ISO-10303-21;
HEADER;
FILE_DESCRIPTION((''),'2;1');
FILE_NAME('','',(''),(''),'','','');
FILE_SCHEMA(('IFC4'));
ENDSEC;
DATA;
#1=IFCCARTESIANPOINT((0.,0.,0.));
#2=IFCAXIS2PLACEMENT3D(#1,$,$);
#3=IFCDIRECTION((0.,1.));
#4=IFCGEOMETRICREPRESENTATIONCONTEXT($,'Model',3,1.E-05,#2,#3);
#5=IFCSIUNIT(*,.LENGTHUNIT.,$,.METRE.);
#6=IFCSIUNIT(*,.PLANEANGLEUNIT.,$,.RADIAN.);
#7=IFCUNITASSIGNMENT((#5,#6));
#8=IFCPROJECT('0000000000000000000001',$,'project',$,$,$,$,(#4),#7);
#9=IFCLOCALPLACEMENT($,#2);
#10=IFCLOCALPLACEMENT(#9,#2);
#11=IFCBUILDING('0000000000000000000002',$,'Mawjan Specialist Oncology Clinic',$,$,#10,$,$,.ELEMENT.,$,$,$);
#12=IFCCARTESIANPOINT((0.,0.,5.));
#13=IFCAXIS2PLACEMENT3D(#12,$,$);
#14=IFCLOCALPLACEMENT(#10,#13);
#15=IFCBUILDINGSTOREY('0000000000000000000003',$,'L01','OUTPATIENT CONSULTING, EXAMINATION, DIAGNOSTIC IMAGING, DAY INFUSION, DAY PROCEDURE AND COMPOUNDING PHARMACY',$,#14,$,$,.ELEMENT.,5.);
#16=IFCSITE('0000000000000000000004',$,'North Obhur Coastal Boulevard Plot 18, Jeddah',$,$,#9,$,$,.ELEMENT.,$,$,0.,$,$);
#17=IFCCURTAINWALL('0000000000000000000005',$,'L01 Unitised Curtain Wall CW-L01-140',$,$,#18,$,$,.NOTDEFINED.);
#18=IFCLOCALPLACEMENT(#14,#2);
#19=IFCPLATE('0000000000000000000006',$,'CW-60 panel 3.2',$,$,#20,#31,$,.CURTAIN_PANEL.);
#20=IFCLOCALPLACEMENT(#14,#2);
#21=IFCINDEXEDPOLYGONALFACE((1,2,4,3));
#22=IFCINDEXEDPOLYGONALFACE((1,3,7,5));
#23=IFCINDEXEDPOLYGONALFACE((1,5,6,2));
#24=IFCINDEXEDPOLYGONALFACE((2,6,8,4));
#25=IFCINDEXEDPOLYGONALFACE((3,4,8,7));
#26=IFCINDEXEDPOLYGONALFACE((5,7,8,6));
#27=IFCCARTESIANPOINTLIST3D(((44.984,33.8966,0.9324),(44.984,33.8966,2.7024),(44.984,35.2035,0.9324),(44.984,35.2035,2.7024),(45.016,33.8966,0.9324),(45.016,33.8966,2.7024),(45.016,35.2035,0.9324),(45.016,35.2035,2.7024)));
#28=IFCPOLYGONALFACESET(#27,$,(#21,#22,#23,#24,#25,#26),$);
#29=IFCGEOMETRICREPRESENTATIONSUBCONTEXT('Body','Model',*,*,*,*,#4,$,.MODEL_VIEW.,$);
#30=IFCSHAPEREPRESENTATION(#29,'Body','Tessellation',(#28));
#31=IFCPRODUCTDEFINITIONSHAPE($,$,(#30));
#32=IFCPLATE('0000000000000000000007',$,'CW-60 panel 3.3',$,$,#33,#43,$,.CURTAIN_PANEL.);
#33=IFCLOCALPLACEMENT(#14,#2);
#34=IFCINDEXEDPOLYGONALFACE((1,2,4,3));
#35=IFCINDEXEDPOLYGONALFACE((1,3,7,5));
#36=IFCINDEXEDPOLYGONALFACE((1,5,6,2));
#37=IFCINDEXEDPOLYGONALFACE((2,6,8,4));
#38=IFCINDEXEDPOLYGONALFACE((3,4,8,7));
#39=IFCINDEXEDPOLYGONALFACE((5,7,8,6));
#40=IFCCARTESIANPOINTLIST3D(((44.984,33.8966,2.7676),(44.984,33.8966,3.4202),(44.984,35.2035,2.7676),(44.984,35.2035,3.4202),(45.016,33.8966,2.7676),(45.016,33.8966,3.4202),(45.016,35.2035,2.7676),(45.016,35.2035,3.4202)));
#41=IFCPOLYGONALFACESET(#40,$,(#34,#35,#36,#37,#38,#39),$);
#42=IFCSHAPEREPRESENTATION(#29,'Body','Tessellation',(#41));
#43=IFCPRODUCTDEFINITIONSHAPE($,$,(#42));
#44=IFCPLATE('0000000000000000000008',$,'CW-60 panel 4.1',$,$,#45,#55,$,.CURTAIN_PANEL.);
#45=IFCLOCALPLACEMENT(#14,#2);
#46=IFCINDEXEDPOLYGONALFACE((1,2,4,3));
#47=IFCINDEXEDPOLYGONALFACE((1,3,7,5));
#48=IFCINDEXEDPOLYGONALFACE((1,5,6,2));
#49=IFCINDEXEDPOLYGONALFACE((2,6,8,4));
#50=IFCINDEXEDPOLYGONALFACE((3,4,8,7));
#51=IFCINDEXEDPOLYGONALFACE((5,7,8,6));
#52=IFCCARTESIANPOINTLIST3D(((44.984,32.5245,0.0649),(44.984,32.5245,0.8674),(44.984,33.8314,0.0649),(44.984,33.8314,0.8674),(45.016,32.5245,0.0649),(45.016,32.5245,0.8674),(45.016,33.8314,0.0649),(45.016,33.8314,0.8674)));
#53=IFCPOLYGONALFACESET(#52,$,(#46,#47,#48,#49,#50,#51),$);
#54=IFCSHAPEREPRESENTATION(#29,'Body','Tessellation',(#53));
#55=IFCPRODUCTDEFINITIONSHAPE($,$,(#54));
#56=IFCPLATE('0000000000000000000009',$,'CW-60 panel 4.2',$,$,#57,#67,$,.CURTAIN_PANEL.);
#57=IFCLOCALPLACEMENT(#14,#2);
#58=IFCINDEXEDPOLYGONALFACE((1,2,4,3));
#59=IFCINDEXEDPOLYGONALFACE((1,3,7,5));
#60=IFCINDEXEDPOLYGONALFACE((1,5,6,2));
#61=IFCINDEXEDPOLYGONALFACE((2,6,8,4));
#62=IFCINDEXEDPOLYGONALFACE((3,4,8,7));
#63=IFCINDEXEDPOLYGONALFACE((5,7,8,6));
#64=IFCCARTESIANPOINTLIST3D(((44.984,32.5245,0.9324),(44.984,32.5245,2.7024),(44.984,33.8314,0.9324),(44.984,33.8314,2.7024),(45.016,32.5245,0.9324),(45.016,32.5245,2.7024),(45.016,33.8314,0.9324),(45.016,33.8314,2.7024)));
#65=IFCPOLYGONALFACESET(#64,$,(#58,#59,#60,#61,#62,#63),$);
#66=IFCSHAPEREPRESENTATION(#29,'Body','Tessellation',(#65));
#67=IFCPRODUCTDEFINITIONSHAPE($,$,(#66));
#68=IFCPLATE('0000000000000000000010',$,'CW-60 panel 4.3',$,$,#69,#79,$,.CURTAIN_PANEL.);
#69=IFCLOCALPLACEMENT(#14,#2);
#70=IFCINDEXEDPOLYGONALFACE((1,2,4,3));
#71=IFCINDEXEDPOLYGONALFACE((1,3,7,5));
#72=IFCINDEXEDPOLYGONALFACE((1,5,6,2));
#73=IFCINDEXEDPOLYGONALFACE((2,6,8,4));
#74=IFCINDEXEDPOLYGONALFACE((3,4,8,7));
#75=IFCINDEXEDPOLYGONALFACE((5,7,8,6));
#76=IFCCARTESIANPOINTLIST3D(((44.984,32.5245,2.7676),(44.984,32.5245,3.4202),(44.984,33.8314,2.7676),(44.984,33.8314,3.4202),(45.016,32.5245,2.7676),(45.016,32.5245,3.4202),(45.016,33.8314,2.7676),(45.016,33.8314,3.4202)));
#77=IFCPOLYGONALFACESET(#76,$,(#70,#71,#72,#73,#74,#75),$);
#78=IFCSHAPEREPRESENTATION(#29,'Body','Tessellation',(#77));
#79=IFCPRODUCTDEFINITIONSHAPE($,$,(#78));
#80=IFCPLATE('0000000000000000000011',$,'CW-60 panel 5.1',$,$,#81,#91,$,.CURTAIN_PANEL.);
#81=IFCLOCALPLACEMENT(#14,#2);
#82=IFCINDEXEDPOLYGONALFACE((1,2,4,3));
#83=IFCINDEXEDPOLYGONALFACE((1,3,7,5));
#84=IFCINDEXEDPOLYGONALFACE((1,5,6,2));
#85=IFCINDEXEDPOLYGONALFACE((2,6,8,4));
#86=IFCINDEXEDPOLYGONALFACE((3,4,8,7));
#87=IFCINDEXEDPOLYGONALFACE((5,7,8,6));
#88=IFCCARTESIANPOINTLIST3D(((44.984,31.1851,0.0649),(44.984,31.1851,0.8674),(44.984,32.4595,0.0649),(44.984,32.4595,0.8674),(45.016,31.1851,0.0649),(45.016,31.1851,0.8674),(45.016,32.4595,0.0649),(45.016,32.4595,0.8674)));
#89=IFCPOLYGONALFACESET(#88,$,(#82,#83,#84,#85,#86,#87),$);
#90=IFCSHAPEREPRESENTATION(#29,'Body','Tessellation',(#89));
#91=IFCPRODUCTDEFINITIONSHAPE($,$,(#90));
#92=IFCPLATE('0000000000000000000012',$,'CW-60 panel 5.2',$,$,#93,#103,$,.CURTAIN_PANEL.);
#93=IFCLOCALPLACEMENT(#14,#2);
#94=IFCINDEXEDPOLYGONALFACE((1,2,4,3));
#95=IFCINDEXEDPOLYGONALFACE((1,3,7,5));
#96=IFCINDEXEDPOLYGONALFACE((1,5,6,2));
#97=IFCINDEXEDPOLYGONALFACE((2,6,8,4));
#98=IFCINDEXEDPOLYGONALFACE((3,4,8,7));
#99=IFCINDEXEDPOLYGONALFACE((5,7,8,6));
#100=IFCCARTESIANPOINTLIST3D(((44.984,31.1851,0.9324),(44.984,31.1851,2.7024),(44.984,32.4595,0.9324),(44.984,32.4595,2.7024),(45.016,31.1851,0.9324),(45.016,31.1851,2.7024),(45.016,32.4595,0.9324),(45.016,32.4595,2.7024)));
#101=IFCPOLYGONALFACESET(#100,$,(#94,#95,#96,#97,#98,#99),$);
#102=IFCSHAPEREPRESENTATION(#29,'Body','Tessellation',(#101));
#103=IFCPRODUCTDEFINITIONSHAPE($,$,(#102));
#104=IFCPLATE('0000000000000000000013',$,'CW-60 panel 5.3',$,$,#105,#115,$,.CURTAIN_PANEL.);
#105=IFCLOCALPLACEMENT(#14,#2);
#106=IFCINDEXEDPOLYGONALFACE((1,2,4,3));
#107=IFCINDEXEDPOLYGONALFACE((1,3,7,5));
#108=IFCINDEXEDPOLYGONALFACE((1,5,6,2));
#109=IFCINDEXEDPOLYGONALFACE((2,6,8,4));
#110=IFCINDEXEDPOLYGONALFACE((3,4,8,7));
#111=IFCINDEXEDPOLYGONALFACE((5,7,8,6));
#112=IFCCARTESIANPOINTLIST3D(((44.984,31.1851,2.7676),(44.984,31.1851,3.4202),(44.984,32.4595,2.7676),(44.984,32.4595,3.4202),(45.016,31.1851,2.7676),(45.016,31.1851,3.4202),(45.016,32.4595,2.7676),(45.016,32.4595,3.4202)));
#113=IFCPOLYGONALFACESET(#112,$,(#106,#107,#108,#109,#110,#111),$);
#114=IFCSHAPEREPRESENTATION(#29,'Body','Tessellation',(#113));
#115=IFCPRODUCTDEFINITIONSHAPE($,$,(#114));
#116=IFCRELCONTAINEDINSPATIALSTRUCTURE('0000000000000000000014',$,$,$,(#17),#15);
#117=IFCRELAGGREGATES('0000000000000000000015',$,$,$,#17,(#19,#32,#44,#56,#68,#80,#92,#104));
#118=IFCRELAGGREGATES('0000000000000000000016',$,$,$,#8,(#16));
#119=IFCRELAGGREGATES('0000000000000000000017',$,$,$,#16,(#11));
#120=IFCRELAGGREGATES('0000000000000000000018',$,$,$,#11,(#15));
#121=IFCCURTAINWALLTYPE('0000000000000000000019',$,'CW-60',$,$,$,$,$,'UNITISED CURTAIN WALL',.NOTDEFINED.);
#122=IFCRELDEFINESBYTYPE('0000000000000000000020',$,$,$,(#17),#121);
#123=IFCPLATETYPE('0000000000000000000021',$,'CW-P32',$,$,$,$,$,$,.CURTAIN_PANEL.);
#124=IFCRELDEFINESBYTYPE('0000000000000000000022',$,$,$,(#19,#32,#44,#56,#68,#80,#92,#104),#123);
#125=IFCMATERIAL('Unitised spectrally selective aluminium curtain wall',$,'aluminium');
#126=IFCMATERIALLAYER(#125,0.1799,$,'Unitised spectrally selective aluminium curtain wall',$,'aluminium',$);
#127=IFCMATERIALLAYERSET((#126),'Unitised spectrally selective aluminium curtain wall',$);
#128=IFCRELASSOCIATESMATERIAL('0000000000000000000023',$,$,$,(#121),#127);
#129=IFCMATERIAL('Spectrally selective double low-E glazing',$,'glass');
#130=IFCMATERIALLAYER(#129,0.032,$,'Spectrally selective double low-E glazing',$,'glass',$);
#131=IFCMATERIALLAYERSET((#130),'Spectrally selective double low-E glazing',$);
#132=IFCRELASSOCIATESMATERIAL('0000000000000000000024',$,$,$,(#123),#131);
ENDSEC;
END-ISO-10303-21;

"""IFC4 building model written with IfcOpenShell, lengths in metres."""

from ifc_helpers import new_model, si_unit, direction, frame, origin, origin_2d, place, context, subcontext, project, spatial, rectangle, extrude, material, layer, layer_set, type_object, element, aggregate, save


model = new_model("IFC4")

# Units and contexts
model_context = context("Model", 3, precision=1e-05, world=origin(), true_north=direction((0.0, 1.0)))
body_context = subcontext(model_context, "Body", "Model", "MODEL_VIEW")
ifc_project = project(units=[si_unit("LENGTHUNIT", "METRE"), si_unit("PLANEANGLEUNIT", "RADIAN")], contexts=[model_context])

# Site, building, storey
site_placement = place(None, origin())
site = spatial("IfcSite", under=ifc_project, at=site_placement, Name="North Obhur Coastal Boulevard Plot 18, Jeddah", CompositionType="ELEMENT", RefElevation=0.0)
building_placement = place(site_placement, origin())
building = spatial("IfcBuilding", under=site, at=building_placement, Name="Mawjan Specialist Oncology Clinic", CompositionType="ELEMENT")
storey_placement = place(building_placement, frame((0.0, 0.0, 5.0)))
storey = spatial("IfcBuildingStorey", under=building, at=storey_placement, Name="L01", Description="OUTPATIENT CONSULTING, EXAMINATION, DIAGNOSTIC IMAGING, DAY INFUSION, DAY PROCEDURE AND COMPOUNDING PHARMACY", CompositionType="ELEMENT", Elevation=5.0)

# Curtain wall, plates
ifc_material_1 = material(Name="Unitised spectrally selective aluminium curtain wall", Category="aluminium")
ifc_layer_1 = layer(ifc_material_1, 0.1799, Name="Unitised spectrally selective aluminium curtain wall", Category="aluminium")
ifc_layer_set_1 = layer_set([ifc_layer_1], Name="Unitised spectrally selective aluminium curtain wall")
curtain_wall_type = type_object("IfcCurtainWallType", Name="CW-60", ElementType="UNITISED CURTAIN WALL", PredefinedType="NOTDEFINED", material=ifc_layer_set_1)
curtain_wall_placement = place(storey_placement, origin())
curtain_wall = element("IfcCurtainWall", 1, at=curtain_wall_placement, inside=storey, type_object=curtain_wall_type, Name="L01 Unitised Curtain Wall CW-L01-140", PredefinedType="NOTDEFINED")
ifc_material_2 = material(Name="Spectrally selective double low-E glazing", Category="glass")
ifc_layer_2 = layer(ifc_material_2, 0.032, Name="Spectrally selective double low-E glazing", Category="glass")
ifc_layer_set_2 = layer_set([ifc_layer_2], Name="Spectrally selective double low-E glazing")
plate_type = type_object("IfcPlateType", Name="CW-P32", PredefinedType="CURTAIN_PANEL", material=ifc_layer_set_2)
plate_1_placement = place(storey_placement, frame((45.0, 34.55, 0.9324), z_axis=(0.0, 0.0, 1.0), x_axis=(0.0, -1.0, 0.0)))
plate_1 = element("IfcPlate", 2, at=plate_1_placement, type_object=plate_type, Name="CW-60 panel 3.2", PredefinedType="CURTAIN_PANEL", context=body_context, shape_type="SweptSolid", body=[
    extrude(rectangle(XDim=1.3069, YDim=0.032, at=origin_2d()), origin(), (0.0, 0.0, 1.0), 1.77),
])
plate_2_placement = place(storey_placement, frame((45.0, 34.55, 2.7676), z_axis=(0.0, 0.0, 1.0), x_axis=(0.0, -1.0, 0.0)))
plate_2 = element("IfcPlate", 3, at=plate_2_placement, type_object=plate_type, Name="CW-60 panel 3.3", PredefinedType="CURTAIN_PANEL", context=body_context, shape_type="SweptSolid", body=[
    extrude(rectangle(XDim=1.3069, YDim=0.032, at=origin_2d()), origin(), (0.0, 0.0, 1.0), 0.6526),
])
plate_3_placement = place(storey_placement, frame((45.0, 33.178, 0.0649), z_axis=(0.0, 0.0, 1.0), x_axis=(0.0, -1.0, 0.0)))
plate_3 = element("IfcPlate", 4, at=plate_3_placement, type_object=plate_type, Name="CW-60 panel 4.1", PredefinedType="CURTAIN_PANEL", context=body_context, shape_type="SweptSolid", body=[
    extrude(rectangle(XDim=1.3069, YDim=0.032, at=origin_2d()), origin(), (0.0, 0.0, 1.0), 0.8025),
])
plate_4_placement = place(storey_placement, frame((45.0, 33.178, 0.9324), z_axis=(0.0, 0.0, 1.0), x_axis=(0.0, -1.0, 0.0)))
plate_4 = element("IfcPlate", 5, at=plate_4_placement, type_object=plate_type, Name="CW-60 panel 4.2", PredefinedType="CURTAIN_PANEL", context=body_context, shape_type="SweptSolid", body=[
    extrude(rectangle(XDim=1.3069, YDim=0.032, at=origin_2d()), origin(), (0.0, 0.0, 1.0), 1.77),
])
plate_5_placement = place(storey_placement, frame((45.0, 33.178, 2.7676), z_axis=(0.0, 0.0, 1.0), x_axis=(0.0, -1.0, 0.0)))
plate_5 = element("IfcPlate", 6, at=plate_5_placement, type_object=plate_type, Name="CW-60 panel 4.3", PredefinedType="CURTAIN_PANEL", context=body_context, shape_type="SweptSolid", body=[
    extrude(rectangle(XDim=1.3069, YDim=0.032, at=origin_2d()), origin(), (0.0, 0.0, 1.0), 0.6526),
])
plate_6_placement = place(storey_placement, frame((45.0, 31.8223, 0.0649), z_axis=(0.0, 0.0, 1.0), x_axis=(0.0, -1.0, 0.0)))
plate_6 = element("IfcPlate", 7, at=plate_6_placement, type_object=plate_type, Name="CW-60 panel 5.1", PredefinedType="CURTAIN_PANEL", context=body_context, shape_type="SweptSolid", body=[
    extrude(rectangle(XDim=1.2744, YDim=0.032, at=origin_2d()), origin(), (0.0, 0.0, 1.0), 0.8025),
])
plate_7_placement = place(storey_placement, frame((45.0, 31.8223, 0.9324), z_axis=(0.0, 0.0, 1.0), x_axis=(0.0, -1.0, 0.0)))
plate_7 = element("IfcPlate", 8, at=plate_7_placement, type_object=plate_type, Name="CW-60 panel 5.2", PredefinedType="CURTAIN_PANEL", context=body_context, shape_type="SweptSolid", body=[
    extrude(rectangle(XDim=1.2744, YDim=0.032, at=origin_2d()), origin(), (0.0, 0.0, 1.0), 1.77),
])
plate_8_placement = place(storey_placement, frame((45.0, 31.8223, 2.7676), z_axis=(0.0, 0.0, 1.0), x_axis=(0.0, -1.0, 0.0)))
plate_8 = element("IfcPlate", 9, at=plate_8_placement, type_object=plate_type, Name="CW-60 panel 5.3", PredefinedType="CURTAIN_PANEL", context=body_context, shape_type="SweptSolid", body=[
    extrude(rectangle(XDim=1.2744, YDim=0.032, at=origin_2d()), origin(), (0.0, 0.0, 1.0), 0.6526),
])
aggregate(curtain_wall, [plate_1, plate_2, plate_3, plate_4, plate_5, plate_6, plate_7, plate_8])

save(model, "model.ifc")
